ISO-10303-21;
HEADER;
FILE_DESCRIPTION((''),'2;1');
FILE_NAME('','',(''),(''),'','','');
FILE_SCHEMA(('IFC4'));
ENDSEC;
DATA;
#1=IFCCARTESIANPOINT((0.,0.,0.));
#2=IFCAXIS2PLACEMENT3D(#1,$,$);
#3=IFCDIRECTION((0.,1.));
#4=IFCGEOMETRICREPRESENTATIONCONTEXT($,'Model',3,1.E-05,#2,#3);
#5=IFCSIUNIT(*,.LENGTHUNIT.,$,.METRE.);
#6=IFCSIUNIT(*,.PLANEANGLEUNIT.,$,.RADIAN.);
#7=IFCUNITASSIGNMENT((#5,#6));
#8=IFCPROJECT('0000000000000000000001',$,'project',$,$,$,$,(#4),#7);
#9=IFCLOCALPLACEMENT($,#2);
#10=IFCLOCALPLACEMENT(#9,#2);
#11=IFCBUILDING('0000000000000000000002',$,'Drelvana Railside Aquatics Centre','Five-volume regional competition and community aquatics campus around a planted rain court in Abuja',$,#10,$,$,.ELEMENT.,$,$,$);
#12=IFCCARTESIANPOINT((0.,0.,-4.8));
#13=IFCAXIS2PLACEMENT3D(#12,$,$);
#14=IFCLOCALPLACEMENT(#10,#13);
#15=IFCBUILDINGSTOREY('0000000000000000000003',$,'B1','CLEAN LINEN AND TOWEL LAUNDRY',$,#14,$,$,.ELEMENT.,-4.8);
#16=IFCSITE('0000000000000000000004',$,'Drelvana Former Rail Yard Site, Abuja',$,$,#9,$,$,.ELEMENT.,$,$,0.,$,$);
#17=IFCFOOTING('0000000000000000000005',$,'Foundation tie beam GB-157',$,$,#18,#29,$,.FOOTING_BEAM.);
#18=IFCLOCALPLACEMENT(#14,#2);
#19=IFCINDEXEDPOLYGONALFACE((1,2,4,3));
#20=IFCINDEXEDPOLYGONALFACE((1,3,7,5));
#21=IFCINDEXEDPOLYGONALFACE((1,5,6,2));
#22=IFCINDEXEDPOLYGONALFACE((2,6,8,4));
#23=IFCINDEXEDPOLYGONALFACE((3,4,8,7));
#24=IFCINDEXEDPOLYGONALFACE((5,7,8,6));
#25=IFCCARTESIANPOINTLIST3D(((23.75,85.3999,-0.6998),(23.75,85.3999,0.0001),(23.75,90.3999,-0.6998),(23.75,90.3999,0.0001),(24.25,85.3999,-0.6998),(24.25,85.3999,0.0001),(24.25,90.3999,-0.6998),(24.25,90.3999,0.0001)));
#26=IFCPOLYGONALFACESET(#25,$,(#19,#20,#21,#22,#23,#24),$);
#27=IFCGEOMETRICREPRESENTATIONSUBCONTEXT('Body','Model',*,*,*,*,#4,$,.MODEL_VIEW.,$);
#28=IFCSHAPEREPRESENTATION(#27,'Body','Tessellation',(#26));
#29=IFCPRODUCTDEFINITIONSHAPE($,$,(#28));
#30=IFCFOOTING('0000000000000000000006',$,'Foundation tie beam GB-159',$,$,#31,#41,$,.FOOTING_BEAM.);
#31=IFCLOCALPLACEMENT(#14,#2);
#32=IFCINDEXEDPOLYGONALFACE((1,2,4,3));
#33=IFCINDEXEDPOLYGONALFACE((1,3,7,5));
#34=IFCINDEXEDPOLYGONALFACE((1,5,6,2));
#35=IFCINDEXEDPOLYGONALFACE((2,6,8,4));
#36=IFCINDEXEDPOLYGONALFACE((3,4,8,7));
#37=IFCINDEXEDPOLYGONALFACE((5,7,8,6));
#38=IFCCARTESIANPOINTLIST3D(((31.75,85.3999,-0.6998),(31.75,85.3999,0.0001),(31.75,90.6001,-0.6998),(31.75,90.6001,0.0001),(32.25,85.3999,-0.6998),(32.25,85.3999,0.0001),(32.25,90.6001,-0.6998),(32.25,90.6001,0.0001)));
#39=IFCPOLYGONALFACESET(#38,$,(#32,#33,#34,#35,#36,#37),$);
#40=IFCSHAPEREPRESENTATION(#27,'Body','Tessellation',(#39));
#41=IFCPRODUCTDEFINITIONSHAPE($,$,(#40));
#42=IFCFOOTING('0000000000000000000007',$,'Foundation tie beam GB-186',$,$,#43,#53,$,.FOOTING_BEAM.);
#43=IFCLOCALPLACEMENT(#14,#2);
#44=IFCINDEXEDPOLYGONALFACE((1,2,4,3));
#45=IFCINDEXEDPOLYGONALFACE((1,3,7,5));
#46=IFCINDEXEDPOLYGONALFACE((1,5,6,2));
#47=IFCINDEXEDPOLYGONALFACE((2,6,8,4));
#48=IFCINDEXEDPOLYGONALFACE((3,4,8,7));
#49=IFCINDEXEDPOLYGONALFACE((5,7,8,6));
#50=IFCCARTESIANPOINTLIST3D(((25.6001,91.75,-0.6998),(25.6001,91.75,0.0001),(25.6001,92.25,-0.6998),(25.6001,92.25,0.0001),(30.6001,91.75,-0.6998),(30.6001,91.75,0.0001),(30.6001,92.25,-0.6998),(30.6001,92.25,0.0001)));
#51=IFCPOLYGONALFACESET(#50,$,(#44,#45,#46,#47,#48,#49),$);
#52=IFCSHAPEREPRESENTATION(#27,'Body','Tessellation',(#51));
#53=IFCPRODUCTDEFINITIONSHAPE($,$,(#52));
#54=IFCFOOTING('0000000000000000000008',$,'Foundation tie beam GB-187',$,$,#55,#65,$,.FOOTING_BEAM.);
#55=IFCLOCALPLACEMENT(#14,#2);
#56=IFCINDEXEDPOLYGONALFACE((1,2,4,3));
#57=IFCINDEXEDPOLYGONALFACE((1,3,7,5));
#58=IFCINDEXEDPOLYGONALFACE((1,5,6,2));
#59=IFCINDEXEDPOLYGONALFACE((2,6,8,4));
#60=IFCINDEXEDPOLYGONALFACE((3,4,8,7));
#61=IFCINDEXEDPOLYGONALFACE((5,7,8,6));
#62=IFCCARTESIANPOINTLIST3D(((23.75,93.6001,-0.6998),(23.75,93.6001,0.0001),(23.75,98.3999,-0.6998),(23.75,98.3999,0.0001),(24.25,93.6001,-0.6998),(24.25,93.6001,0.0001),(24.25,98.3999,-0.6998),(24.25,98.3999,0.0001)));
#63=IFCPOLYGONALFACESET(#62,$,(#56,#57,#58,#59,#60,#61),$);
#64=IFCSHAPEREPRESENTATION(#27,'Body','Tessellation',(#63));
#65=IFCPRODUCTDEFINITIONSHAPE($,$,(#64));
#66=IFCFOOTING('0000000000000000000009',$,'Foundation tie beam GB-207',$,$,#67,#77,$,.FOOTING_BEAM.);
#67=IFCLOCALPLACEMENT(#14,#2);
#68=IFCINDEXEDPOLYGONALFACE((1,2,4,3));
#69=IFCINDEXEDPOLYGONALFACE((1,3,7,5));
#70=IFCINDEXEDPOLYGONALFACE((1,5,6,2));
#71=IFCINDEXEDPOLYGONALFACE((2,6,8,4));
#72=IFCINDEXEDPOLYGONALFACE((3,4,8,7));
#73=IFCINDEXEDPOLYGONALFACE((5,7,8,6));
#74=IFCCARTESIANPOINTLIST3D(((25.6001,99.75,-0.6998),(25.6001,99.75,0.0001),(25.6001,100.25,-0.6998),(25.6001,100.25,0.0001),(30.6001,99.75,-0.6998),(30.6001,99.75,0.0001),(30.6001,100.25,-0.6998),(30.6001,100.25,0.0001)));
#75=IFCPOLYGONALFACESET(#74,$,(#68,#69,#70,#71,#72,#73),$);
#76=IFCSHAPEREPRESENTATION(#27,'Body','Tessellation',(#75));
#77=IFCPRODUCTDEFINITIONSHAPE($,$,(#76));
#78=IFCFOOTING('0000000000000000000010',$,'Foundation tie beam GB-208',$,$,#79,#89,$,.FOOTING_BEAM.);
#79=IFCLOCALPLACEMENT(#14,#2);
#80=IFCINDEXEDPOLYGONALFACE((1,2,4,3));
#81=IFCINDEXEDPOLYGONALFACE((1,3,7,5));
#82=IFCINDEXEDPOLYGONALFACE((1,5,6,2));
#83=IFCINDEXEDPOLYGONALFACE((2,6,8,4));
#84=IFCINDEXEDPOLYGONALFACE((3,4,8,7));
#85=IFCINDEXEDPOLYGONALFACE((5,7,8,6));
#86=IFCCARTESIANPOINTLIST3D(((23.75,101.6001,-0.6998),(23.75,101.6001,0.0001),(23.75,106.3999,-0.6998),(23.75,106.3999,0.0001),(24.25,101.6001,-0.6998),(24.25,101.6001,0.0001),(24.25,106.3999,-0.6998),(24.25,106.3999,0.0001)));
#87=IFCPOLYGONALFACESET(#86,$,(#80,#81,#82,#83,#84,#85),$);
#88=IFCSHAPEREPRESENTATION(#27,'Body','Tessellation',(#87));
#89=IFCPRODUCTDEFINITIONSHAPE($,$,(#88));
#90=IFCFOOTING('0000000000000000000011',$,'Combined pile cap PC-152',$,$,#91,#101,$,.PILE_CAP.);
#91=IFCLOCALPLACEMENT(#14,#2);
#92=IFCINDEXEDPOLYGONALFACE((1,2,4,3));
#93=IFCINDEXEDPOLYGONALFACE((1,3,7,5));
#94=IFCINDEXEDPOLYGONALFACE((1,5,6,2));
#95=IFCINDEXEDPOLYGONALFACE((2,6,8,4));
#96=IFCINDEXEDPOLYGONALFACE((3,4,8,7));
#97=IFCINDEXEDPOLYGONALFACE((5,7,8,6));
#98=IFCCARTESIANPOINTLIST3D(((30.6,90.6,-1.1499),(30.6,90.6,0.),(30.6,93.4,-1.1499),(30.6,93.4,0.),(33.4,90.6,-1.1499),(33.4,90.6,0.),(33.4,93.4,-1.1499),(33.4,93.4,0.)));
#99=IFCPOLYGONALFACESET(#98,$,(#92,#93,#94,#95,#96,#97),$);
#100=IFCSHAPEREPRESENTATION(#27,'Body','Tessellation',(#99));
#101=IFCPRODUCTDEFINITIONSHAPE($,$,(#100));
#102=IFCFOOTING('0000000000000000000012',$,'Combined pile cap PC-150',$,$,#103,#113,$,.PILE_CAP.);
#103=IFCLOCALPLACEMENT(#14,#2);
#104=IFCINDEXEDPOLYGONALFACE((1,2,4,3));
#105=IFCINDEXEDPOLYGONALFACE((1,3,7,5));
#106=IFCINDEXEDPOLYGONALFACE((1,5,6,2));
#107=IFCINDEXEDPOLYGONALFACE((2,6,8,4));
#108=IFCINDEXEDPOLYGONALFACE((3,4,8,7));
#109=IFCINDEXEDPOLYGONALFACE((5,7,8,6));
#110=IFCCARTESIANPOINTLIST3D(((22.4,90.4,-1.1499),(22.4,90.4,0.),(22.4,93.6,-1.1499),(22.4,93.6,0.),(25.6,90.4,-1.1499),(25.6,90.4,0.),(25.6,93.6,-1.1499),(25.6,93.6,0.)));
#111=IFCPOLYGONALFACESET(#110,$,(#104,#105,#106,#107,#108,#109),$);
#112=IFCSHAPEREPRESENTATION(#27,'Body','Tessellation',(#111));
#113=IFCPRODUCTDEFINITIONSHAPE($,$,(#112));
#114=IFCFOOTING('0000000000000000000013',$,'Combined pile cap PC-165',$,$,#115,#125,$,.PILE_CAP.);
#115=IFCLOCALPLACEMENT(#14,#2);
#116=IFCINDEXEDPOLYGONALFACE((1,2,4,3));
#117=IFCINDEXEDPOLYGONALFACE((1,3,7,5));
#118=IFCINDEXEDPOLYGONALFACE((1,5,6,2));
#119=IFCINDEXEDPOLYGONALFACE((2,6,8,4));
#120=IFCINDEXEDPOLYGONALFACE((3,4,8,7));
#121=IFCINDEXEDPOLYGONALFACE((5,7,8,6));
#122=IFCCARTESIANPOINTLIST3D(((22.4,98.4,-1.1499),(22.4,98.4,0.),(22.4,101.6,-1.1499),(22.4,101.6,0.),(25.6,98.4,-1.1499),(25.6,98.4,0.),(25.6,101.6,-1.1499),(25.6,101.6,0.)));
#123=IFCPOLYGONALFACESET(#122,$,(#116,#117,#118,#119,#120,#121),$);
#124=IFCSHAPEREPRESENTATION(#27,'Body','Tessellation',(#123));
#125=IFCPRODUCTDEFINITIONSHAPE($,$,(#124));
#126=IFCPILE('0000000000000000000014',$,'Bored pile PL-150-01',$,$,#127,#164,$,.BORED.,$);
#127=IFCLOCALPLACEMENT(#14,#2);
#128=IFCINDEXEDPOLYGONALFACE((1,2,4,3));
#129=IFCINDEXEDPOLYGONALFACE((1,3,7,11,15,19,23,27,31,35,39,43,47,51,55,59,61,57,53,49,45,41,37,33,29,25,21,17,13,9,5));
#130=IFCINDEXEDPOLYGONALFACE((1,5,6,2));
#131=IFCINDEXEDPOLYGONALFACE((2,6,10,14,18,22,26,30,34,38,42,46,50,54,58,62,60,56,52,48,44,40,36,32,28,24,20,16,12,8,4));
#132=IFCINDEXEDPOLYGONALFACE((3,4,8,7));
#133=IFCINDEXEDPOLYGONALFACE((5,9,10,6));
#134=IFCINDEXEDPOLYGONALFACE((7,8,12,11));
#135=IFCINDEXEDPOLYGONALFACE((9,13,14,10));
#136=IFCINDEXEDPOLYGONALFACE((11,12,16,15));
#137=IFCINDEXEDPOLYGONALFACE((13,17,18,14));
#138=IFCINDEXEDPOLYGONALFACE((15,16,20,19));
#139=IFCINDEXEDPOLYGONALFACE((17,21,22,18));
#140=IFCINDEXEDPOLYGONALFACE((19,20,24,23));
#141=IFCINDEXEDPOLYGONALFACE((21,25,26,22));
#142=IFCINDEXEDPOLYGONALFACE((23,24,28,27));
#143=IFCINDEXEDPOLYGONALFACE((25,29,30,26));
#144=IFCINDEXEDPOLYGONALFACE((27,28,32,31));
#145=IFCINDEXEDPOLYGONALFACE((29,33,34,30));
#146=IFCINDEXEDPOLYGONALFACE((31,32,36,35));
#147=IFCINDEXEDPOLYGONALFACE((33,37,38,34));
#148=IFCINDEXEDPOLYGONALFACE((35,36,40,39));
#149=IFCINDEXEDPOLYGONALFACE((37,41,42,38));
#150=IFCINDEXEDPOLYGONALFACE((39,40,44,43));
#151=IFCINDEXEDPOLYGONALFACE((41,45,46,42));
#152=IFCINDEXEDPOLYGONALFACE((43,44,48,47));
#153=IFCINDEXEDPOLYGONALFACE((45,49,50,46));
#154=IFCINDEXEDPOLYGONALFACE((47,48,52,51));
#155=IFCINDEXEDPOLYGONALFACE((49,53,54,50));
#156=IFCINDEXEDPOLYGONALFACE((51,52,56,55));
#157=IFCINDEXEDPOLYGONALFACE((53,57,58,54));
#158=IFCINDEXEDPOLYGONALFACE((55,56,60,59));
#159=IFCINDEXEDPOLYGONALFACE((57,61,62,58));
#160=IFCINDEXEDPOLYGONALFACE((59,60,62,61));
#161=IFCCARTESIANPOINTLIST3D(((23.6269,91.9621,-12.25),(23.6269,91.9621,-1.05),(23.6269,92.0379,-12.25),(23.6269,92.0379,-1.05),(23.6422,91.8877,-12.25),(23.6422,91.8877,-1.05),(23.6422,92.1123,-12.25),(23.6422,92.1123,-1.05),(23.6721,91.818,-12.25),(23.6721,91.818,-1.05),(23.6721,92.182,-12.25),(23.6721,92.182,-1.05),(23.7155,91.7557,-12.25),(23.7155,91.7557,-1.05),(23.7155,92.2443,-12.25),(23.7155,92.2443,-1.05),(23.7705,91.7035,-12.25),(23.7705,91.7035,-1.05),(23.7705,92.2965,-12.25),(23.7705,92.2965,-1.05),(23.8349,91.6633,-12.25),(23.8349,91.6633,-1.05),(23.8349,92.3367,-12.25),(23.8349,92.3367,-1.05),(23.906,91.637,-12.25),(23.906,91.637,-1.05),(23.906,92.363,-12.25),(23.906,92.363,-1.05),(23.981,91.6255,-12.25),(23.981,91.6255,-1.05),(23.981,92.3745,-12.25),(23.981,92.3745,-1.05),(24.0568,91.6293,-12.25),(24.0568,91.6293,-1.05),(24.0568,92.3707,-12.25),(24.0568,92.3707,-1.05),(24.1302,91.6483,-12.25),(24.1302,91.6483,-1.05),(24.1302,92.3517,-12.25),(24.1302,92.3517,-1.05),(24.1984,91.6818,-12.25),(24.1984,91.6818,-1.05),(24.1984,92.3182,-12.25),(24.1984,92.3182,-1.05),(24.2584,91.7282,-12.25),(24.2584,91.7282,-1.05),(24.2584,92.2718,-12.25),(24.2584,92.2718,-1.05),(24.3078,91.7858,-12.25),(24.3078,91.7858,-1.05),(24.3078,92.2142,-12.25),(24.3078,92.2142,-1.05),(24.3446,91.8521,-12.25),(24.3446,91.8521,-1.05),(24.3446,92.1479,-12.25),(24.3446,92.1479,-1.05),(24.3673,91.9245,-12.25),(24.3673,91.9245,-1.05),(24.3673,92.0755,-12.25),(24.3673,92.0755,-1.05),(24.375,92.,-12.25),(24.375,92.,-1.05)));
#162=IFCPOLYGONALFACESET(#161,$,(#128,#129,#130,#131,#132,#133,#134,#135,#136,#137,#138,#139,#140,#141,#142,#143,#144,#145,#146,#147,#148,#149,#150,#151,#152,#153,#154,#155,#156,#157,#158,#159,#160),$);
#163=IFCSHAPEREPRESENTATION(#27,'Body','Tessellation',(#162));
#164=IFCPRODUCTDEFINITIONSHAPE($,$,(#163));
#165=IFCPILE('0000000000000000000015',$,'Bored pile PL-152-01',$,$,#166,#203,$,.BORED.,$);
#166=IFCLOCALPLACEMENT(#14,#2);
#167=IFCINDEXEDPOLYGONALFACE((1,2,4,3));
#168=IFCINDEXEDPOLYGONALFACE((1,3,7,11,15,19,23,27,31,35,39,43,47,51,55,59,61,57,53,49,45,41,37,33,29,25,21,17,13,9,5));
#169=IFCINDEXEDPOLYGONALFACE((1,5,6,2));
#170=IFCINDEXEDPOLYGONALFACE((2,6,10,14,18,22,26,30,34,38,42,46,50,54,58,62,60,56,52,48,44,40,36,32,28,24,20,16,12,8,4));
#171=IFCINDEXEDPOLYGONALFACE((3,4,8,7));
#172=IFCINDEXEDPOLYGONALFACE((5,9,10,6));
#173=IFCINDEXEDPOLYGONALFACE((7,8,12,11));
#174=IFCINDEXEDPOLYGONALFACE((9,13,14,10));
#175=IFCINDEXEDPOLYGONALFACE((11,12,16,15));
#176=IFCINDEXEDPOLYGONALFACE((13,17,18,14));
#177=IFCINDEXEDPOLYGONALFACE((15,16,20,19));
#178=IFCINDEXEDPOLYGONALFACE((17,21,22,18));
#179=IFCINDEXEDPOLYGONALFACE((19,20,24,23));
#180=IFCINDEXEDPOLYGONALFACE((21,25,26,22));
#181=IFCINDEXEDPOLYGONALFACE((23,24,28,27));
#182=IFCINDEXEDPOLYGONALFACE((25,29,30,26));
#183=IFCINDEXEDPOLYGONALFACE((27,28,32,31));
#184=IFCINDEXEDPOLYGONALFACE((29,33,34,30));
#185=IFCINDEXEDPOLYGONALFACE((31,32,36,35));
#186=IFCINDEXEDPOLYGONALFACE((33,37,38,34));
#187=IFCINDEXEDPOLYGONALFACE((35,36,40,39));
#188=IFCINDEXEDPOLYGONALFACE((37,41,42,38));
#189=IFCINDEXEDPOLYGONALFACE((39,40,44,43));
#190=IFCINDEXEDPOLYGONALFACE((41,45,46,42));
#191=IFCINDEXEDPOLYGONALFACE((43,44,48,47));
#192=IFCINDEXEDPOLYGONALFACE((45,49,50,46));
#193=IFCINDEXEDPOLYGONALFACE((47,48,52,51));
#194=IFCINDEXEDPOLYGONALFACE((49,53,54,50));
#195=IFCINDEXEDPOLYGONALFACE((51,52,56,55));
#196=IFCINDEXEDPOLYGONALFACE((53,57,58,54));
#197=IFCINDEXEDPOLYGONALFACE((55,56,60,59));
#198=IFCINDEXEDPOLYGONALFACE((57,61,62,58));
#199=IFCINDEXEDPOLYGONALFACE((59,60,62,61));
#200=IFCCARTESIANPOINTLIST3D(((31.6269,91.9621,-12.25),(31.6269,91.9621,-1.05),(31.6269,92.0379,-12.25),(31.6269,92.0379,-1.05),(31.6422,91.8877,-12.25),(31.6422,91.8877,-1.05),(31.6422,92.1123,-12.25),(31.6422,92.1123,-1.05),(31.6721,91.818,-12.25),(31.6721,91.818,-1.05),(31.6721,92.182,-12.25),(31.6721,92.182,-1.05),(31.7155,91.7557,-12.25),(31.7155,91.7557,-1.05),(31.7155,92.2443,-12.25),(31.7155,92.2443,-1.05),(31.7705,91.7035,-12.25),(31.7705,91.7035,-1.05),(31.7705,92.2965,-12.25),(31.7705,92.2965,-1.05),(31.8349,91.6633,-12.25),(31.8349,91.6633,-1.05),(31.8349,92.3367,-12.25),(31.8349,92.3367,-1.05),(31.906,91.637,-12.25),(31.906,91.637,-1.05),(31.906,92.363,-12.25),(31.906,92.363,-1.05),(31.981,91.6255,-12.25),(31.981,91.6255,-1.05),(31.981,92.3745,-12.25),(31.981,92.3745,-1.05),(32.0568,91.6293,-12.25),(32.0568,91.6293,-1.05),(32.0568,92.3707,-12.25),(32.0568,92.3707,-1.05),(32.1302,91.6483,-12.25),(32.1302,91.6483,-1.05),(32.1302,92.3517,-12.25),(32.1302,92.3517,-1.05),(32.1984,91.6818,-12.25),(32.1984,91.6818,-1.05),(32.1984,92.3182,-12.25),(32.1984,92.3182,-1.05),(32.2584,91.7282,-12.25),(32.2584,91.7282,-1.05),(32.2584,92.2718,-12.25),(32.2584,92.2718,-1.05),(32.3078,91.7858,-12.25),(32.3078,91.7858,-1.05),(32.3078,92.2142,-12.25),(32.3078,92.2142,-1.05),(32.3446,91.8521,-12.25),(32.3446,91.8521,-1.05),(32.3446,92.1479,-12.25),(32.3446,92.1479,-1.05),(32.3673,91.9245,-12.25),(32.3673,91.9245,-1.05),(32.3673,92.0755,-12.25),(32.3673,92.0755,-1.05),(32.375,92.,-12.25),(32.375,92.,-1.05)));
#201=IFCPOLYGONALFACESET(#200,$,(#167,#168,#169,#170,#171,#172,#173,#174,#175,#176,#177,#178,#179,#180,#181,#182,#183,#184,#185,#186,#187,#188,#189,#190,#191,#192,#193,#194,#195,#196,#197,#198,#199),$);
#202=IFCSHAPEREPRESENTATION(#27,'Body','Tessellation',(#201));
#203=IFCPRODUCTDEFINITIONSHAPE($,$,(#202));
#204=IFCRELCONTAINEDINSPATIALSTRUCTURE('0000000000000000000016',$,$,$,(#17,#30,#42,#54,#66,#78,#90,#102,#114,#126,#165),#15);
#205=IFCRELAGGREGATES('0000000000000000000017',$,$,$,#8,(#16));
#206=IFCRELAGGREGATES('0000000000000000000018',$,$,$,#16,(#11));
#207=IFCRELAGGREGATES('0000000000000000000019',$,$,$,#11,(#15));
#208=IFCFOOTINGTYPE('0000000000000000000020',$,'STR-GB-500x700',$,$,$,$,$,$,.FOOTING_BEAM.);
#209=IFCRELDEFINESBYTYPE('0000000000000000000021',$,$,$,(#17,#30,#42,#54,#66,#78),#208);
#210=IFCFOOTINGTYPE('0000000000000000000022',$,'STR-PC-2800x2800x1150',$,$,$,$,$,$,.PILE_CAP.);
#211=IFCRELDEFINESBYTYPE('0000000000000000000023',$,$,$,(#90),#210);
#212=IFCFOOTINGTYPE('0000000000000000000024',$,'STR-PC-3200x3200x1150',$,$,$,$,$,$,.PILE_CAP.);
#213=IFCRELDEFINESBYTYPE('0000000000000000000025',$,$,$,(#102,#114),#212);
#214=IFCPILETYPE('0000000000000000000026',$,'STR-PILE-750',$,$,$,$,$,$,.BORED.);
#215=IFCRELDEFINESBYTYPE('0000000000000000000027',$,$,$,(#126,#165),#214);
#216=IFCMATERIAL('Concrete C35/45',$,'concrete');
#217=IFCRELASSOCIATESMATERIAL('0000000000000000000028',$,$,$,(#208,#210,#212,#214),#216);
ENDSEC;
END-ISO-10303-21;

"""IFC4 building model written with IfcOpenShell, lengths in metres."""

from ifc_helpers import new_model, si_unit, direction, frame, origin, origin_2d, place, context, subcontext, project, spatial, rectangle, circle, extrude, material, material_profile, profile_set, type_object, element, save


model = new_model("IFC4")

# Units and contexts
model_context = context("Model", 3, precision=1e-05, world=origin(), true_north=direction((0.0, 1.0)))
body_context = subcontext(model_context, "Body", "Model", "MODEL_VIEW")
ifc_project = project(units=[si_unit("LENGTHUNIT", "METRE"), si_unit("PLANEANGLEUNIT", "RADIAN")], contexts=[model_context])

# Site, building, storey
site_placement = place(None, origin())
site = spatial("IfcSite", under=ifc_project, at=site_placement, Name="Drelvana Former Rail Yard Site, Abuja", CompositionType="ELEMENT", RefElevation=0.0)
building_placement = place(site_placement, origin())
building = spatial("IfcBuilding", under=site, at=building_placement, Name="Drelvana Railside Aquatics Centre", Description="Five-volume regional competition and community aquatics campus around a planted rain court in Abuja", CompositionType="ELEMENT")
storey_placement = place(building_placement, frame((0.0, 0.0, -4.8)))
storey = spatial("IfcBuildingStorey", under=building, at=storey_placement, Name="B1", Description="CLEAN LINEN AND TOWEL LAUNDRY", CompositionType="ELEMENT", Elevation=-4.8)

# Footings
ifc_material_1 = material(Name="Concrete C35/45", Category="concrete")
ifc_material_profile_1 = material_profile(ifc_material_1, rectangle(XDim=0.5, YDim=0.7, at=origin_2d()), Name="GB 500x700")
ifc_profile_set_1 = profile_set([ifc_material_profile_1], Name="Concrete C35/45")
footing_type_1 = type_object("IfcFootingType", Name="STR-GB-500x700", PredefinedType="FOOTING_BEAM", material=ifc_profile_set_1)
footing_1_placement = place(storey_placement, frame((24.0, 85.3999, -0.3499), z_axis=(0.0, 1.0, 0.0), x_axis=(-1.0, 0.0, 0.0)))
element("IfcFooting", 1, at=footing_1_placement, inside=storey, type_object=footing_type_1, Name="Foundation tie beam GB-157", PredefinedType="FOOTING_BEAM", context=body_context, shape_type="SweptSolid", body=[
    extrude(rectangle(XDim=0.5, YDim=0.7, at=origin_2d()), origin(), (0.0, 0.0, 1.0), 5.0),
])
footing_2_placement = place(storey_placement, frame((32.0, 85.3999, -0.3499), z_axis=(0.0, 1.0, 0.0), x_axis=(-1.0, 0.0, 0.0)))
element("IfcFooting", 2, at=footing_2_placement, inside=storey, type_object=footing_type_1, Name="Foundation tie beam GB-159", PredefinedType="FOOTING_BEAM", context=body_context, shape_type="SweptSolid", body=[
    extrude(rectangle(XDim=0.5, YDim=0.7, at=origin_2d()), origin(), (0.0, 0.0, 1.0), 5.2002),
])
footing_3_placement = place(storey_placement, frame((25.6001, 92.0, -0.3499), z_axis=(1.0, 0.0, 0.0), x_axis=(0.0, 1.0, 0.0)))
element("IfcFooting", 3, at=footing_3_placement, inside=storey, type_object=footing_type_1, Name="Foundation tie beam GB-186", PredefinedType="FOOTING_BEAM", context=body_context, shape_type="SweptSolid", body=[
    extrude(rectangle(XDim=0.5, YDim=0.7, at=origin_2d()), origin(), (0.0, 0.0, 1.0), 5.0),
])
footing_4_placement = place(storey_placement, frame((24.0, 93.6001, -0.3499), z_axis=(0.0, 1.0, 0.0), x_axis=(-1.0, 0.0, 0.0)))
element("IfcFooting", 4, at=footing_4_placement, inside=storey, type_object=footing_type_1, Name="Foundation tie beam GB-187", PredefinedType="FOOTING_BEAM", context=body_context, shape_type="SweptSolid", body=[
    extrude(rectangle(XDim=0.5, YDim=0.7, at=origin_2d()), origin(), (0.0, 0.0, 1.0), 4.7998),
])
footing_5_placement = place(storey_placement, frame((25.6001, 100.0, -0.3499), z_axis=(1.0, 0.0, 0.0), x_axis=(0.0, 1.0, 0.0)))
element("IfcFooting", 5, at=footing_5_placement, inside=storey, type_object=footing_type_1, Name="Foundation tie beam GB-207", PredefinedType="FOOTING_BEAM", context=body_context, shape_type="SweptSolid", body=[
    extrude(rectangle(XDim=0.5, YDim=0.7, at=origin_2d()), origin(), (0.0, 0.0, 1.0), 5.0),
])
footing_6_placement = place(storey_placement, frame((24.0, 101.6001, -0.3499), z_axis=(0.0, 1.0, 0.0), x_axis=(-1.0, 0.0, 0.0)))
element("IfcFooting", 6, at=footing_6_placement, inside=storey, type_object=footing_type_1, Name="Foundation tie beam GB-208", PredefinedType="FOOTING_BEAM", context=body_context, shape_type="SweptSolid", body=[
    extrude(rectangle(XDim=0.5, YDim=0.7, at=origin_2d()), origin(), (0.0, 0.0, 1.0), 4.7998),
])
footing_type_2 = type_object("IfcFootingType", Name="STR-PC-2800x2800x1150", PredefinedType="PILE_CAP", material=ifc_material_1)
footing_7_placement = place(storey_placement, frame((32.0, 92.0, -1.1499), z_axis=(0.0, 0.0, 1.0), x_axis=(1.0, 0.0, 0.0)))
element("IfcFooting", 7, at=footing_7_placement, inside=storey, type_object=footing_type_2, Name="Combined pile cap PC-152", PredefinedType="PILE_CAP", context=body_context, shape_type="SweptSolid", body=[
    extrude(rectangle(XDim=2.8, YDim=2.8, at=origin_2d()), origin(), (0.0, 0.0, 1.0), 1.1499),
])
footing_type_3 = type_object("IfcFootingType", Name="STR-PC-3200x3200x1150", PredefinedType="PILE_CAP", material=ifc_material_1)
for number, where, z_axis, x_axis, name in (
    (8, (24.0, 92.0, -1.1499), (0.0, 0.0, 1.0), (1.0, 0.0, 0.0), "Combined pile cap PC-150"),
    (9, (24.0, 100.0, -1.1499), (0.0, 0.0, 1.0), (1.0, 0.0, 0.0), "Combined pile cap PC-165"),
):
    element("IfcFooting", number, at=place(storey_placement, frame(where, z_axis=z_axis, x_axis=x_axis)), inside=storey, type_object=footing_type_3, Name=name, PredefinedType="PILE_CAP", context=body_context, shape_type="SweptSolid", body=[
        extrude(rectangle(XDim=3.2, YDim=3.2, at=origin_2d()), origin(), (0.0, 0.0, 1.0), 1.1499),
    ])

# Piles
ifc_material_profile_2 = material_profile(ifc_material_1, circle(Radius=0.375, at=origin_2d()), Name="PILE D750")
ifc_profile_set_2 = profile_set([ifc_material_profile_2], Name="Concrete C35/45")
pile_type = type_object("IfcPileType", Name="STR-PILE-750", PredefinedType="BORED", material=ifc_profile_set_2)
for number, where, z_axis, x_axis, name in (
    (10, (24.0, 92.0, -1.05), (0.0, 0.0, -1.0), (1.0, 0.0, 0.0), "Bored pile PL-150-01"),
    (11, (32.0, 92.0, -1.05), (0.0, 0.0, -1.0), (1.0, 0.0, 0.0), "Bored pile PL-152-01"),
):
    element("IfcPile", number, at=place(storey_placement, frame(where, z_axis=z_axis, x_axis=x_axis)), inside=storey, type_object=pile_type, Name=name, PredefinedType="BORED", context=body_context, shape_type="SweptSolid", body=[
        extrude(circle(Radius=0.375, at=origin_2d()), origin(), (0.0, 0.0, 1.0), 11.2),
    ])

save(model, "model.ifc")
